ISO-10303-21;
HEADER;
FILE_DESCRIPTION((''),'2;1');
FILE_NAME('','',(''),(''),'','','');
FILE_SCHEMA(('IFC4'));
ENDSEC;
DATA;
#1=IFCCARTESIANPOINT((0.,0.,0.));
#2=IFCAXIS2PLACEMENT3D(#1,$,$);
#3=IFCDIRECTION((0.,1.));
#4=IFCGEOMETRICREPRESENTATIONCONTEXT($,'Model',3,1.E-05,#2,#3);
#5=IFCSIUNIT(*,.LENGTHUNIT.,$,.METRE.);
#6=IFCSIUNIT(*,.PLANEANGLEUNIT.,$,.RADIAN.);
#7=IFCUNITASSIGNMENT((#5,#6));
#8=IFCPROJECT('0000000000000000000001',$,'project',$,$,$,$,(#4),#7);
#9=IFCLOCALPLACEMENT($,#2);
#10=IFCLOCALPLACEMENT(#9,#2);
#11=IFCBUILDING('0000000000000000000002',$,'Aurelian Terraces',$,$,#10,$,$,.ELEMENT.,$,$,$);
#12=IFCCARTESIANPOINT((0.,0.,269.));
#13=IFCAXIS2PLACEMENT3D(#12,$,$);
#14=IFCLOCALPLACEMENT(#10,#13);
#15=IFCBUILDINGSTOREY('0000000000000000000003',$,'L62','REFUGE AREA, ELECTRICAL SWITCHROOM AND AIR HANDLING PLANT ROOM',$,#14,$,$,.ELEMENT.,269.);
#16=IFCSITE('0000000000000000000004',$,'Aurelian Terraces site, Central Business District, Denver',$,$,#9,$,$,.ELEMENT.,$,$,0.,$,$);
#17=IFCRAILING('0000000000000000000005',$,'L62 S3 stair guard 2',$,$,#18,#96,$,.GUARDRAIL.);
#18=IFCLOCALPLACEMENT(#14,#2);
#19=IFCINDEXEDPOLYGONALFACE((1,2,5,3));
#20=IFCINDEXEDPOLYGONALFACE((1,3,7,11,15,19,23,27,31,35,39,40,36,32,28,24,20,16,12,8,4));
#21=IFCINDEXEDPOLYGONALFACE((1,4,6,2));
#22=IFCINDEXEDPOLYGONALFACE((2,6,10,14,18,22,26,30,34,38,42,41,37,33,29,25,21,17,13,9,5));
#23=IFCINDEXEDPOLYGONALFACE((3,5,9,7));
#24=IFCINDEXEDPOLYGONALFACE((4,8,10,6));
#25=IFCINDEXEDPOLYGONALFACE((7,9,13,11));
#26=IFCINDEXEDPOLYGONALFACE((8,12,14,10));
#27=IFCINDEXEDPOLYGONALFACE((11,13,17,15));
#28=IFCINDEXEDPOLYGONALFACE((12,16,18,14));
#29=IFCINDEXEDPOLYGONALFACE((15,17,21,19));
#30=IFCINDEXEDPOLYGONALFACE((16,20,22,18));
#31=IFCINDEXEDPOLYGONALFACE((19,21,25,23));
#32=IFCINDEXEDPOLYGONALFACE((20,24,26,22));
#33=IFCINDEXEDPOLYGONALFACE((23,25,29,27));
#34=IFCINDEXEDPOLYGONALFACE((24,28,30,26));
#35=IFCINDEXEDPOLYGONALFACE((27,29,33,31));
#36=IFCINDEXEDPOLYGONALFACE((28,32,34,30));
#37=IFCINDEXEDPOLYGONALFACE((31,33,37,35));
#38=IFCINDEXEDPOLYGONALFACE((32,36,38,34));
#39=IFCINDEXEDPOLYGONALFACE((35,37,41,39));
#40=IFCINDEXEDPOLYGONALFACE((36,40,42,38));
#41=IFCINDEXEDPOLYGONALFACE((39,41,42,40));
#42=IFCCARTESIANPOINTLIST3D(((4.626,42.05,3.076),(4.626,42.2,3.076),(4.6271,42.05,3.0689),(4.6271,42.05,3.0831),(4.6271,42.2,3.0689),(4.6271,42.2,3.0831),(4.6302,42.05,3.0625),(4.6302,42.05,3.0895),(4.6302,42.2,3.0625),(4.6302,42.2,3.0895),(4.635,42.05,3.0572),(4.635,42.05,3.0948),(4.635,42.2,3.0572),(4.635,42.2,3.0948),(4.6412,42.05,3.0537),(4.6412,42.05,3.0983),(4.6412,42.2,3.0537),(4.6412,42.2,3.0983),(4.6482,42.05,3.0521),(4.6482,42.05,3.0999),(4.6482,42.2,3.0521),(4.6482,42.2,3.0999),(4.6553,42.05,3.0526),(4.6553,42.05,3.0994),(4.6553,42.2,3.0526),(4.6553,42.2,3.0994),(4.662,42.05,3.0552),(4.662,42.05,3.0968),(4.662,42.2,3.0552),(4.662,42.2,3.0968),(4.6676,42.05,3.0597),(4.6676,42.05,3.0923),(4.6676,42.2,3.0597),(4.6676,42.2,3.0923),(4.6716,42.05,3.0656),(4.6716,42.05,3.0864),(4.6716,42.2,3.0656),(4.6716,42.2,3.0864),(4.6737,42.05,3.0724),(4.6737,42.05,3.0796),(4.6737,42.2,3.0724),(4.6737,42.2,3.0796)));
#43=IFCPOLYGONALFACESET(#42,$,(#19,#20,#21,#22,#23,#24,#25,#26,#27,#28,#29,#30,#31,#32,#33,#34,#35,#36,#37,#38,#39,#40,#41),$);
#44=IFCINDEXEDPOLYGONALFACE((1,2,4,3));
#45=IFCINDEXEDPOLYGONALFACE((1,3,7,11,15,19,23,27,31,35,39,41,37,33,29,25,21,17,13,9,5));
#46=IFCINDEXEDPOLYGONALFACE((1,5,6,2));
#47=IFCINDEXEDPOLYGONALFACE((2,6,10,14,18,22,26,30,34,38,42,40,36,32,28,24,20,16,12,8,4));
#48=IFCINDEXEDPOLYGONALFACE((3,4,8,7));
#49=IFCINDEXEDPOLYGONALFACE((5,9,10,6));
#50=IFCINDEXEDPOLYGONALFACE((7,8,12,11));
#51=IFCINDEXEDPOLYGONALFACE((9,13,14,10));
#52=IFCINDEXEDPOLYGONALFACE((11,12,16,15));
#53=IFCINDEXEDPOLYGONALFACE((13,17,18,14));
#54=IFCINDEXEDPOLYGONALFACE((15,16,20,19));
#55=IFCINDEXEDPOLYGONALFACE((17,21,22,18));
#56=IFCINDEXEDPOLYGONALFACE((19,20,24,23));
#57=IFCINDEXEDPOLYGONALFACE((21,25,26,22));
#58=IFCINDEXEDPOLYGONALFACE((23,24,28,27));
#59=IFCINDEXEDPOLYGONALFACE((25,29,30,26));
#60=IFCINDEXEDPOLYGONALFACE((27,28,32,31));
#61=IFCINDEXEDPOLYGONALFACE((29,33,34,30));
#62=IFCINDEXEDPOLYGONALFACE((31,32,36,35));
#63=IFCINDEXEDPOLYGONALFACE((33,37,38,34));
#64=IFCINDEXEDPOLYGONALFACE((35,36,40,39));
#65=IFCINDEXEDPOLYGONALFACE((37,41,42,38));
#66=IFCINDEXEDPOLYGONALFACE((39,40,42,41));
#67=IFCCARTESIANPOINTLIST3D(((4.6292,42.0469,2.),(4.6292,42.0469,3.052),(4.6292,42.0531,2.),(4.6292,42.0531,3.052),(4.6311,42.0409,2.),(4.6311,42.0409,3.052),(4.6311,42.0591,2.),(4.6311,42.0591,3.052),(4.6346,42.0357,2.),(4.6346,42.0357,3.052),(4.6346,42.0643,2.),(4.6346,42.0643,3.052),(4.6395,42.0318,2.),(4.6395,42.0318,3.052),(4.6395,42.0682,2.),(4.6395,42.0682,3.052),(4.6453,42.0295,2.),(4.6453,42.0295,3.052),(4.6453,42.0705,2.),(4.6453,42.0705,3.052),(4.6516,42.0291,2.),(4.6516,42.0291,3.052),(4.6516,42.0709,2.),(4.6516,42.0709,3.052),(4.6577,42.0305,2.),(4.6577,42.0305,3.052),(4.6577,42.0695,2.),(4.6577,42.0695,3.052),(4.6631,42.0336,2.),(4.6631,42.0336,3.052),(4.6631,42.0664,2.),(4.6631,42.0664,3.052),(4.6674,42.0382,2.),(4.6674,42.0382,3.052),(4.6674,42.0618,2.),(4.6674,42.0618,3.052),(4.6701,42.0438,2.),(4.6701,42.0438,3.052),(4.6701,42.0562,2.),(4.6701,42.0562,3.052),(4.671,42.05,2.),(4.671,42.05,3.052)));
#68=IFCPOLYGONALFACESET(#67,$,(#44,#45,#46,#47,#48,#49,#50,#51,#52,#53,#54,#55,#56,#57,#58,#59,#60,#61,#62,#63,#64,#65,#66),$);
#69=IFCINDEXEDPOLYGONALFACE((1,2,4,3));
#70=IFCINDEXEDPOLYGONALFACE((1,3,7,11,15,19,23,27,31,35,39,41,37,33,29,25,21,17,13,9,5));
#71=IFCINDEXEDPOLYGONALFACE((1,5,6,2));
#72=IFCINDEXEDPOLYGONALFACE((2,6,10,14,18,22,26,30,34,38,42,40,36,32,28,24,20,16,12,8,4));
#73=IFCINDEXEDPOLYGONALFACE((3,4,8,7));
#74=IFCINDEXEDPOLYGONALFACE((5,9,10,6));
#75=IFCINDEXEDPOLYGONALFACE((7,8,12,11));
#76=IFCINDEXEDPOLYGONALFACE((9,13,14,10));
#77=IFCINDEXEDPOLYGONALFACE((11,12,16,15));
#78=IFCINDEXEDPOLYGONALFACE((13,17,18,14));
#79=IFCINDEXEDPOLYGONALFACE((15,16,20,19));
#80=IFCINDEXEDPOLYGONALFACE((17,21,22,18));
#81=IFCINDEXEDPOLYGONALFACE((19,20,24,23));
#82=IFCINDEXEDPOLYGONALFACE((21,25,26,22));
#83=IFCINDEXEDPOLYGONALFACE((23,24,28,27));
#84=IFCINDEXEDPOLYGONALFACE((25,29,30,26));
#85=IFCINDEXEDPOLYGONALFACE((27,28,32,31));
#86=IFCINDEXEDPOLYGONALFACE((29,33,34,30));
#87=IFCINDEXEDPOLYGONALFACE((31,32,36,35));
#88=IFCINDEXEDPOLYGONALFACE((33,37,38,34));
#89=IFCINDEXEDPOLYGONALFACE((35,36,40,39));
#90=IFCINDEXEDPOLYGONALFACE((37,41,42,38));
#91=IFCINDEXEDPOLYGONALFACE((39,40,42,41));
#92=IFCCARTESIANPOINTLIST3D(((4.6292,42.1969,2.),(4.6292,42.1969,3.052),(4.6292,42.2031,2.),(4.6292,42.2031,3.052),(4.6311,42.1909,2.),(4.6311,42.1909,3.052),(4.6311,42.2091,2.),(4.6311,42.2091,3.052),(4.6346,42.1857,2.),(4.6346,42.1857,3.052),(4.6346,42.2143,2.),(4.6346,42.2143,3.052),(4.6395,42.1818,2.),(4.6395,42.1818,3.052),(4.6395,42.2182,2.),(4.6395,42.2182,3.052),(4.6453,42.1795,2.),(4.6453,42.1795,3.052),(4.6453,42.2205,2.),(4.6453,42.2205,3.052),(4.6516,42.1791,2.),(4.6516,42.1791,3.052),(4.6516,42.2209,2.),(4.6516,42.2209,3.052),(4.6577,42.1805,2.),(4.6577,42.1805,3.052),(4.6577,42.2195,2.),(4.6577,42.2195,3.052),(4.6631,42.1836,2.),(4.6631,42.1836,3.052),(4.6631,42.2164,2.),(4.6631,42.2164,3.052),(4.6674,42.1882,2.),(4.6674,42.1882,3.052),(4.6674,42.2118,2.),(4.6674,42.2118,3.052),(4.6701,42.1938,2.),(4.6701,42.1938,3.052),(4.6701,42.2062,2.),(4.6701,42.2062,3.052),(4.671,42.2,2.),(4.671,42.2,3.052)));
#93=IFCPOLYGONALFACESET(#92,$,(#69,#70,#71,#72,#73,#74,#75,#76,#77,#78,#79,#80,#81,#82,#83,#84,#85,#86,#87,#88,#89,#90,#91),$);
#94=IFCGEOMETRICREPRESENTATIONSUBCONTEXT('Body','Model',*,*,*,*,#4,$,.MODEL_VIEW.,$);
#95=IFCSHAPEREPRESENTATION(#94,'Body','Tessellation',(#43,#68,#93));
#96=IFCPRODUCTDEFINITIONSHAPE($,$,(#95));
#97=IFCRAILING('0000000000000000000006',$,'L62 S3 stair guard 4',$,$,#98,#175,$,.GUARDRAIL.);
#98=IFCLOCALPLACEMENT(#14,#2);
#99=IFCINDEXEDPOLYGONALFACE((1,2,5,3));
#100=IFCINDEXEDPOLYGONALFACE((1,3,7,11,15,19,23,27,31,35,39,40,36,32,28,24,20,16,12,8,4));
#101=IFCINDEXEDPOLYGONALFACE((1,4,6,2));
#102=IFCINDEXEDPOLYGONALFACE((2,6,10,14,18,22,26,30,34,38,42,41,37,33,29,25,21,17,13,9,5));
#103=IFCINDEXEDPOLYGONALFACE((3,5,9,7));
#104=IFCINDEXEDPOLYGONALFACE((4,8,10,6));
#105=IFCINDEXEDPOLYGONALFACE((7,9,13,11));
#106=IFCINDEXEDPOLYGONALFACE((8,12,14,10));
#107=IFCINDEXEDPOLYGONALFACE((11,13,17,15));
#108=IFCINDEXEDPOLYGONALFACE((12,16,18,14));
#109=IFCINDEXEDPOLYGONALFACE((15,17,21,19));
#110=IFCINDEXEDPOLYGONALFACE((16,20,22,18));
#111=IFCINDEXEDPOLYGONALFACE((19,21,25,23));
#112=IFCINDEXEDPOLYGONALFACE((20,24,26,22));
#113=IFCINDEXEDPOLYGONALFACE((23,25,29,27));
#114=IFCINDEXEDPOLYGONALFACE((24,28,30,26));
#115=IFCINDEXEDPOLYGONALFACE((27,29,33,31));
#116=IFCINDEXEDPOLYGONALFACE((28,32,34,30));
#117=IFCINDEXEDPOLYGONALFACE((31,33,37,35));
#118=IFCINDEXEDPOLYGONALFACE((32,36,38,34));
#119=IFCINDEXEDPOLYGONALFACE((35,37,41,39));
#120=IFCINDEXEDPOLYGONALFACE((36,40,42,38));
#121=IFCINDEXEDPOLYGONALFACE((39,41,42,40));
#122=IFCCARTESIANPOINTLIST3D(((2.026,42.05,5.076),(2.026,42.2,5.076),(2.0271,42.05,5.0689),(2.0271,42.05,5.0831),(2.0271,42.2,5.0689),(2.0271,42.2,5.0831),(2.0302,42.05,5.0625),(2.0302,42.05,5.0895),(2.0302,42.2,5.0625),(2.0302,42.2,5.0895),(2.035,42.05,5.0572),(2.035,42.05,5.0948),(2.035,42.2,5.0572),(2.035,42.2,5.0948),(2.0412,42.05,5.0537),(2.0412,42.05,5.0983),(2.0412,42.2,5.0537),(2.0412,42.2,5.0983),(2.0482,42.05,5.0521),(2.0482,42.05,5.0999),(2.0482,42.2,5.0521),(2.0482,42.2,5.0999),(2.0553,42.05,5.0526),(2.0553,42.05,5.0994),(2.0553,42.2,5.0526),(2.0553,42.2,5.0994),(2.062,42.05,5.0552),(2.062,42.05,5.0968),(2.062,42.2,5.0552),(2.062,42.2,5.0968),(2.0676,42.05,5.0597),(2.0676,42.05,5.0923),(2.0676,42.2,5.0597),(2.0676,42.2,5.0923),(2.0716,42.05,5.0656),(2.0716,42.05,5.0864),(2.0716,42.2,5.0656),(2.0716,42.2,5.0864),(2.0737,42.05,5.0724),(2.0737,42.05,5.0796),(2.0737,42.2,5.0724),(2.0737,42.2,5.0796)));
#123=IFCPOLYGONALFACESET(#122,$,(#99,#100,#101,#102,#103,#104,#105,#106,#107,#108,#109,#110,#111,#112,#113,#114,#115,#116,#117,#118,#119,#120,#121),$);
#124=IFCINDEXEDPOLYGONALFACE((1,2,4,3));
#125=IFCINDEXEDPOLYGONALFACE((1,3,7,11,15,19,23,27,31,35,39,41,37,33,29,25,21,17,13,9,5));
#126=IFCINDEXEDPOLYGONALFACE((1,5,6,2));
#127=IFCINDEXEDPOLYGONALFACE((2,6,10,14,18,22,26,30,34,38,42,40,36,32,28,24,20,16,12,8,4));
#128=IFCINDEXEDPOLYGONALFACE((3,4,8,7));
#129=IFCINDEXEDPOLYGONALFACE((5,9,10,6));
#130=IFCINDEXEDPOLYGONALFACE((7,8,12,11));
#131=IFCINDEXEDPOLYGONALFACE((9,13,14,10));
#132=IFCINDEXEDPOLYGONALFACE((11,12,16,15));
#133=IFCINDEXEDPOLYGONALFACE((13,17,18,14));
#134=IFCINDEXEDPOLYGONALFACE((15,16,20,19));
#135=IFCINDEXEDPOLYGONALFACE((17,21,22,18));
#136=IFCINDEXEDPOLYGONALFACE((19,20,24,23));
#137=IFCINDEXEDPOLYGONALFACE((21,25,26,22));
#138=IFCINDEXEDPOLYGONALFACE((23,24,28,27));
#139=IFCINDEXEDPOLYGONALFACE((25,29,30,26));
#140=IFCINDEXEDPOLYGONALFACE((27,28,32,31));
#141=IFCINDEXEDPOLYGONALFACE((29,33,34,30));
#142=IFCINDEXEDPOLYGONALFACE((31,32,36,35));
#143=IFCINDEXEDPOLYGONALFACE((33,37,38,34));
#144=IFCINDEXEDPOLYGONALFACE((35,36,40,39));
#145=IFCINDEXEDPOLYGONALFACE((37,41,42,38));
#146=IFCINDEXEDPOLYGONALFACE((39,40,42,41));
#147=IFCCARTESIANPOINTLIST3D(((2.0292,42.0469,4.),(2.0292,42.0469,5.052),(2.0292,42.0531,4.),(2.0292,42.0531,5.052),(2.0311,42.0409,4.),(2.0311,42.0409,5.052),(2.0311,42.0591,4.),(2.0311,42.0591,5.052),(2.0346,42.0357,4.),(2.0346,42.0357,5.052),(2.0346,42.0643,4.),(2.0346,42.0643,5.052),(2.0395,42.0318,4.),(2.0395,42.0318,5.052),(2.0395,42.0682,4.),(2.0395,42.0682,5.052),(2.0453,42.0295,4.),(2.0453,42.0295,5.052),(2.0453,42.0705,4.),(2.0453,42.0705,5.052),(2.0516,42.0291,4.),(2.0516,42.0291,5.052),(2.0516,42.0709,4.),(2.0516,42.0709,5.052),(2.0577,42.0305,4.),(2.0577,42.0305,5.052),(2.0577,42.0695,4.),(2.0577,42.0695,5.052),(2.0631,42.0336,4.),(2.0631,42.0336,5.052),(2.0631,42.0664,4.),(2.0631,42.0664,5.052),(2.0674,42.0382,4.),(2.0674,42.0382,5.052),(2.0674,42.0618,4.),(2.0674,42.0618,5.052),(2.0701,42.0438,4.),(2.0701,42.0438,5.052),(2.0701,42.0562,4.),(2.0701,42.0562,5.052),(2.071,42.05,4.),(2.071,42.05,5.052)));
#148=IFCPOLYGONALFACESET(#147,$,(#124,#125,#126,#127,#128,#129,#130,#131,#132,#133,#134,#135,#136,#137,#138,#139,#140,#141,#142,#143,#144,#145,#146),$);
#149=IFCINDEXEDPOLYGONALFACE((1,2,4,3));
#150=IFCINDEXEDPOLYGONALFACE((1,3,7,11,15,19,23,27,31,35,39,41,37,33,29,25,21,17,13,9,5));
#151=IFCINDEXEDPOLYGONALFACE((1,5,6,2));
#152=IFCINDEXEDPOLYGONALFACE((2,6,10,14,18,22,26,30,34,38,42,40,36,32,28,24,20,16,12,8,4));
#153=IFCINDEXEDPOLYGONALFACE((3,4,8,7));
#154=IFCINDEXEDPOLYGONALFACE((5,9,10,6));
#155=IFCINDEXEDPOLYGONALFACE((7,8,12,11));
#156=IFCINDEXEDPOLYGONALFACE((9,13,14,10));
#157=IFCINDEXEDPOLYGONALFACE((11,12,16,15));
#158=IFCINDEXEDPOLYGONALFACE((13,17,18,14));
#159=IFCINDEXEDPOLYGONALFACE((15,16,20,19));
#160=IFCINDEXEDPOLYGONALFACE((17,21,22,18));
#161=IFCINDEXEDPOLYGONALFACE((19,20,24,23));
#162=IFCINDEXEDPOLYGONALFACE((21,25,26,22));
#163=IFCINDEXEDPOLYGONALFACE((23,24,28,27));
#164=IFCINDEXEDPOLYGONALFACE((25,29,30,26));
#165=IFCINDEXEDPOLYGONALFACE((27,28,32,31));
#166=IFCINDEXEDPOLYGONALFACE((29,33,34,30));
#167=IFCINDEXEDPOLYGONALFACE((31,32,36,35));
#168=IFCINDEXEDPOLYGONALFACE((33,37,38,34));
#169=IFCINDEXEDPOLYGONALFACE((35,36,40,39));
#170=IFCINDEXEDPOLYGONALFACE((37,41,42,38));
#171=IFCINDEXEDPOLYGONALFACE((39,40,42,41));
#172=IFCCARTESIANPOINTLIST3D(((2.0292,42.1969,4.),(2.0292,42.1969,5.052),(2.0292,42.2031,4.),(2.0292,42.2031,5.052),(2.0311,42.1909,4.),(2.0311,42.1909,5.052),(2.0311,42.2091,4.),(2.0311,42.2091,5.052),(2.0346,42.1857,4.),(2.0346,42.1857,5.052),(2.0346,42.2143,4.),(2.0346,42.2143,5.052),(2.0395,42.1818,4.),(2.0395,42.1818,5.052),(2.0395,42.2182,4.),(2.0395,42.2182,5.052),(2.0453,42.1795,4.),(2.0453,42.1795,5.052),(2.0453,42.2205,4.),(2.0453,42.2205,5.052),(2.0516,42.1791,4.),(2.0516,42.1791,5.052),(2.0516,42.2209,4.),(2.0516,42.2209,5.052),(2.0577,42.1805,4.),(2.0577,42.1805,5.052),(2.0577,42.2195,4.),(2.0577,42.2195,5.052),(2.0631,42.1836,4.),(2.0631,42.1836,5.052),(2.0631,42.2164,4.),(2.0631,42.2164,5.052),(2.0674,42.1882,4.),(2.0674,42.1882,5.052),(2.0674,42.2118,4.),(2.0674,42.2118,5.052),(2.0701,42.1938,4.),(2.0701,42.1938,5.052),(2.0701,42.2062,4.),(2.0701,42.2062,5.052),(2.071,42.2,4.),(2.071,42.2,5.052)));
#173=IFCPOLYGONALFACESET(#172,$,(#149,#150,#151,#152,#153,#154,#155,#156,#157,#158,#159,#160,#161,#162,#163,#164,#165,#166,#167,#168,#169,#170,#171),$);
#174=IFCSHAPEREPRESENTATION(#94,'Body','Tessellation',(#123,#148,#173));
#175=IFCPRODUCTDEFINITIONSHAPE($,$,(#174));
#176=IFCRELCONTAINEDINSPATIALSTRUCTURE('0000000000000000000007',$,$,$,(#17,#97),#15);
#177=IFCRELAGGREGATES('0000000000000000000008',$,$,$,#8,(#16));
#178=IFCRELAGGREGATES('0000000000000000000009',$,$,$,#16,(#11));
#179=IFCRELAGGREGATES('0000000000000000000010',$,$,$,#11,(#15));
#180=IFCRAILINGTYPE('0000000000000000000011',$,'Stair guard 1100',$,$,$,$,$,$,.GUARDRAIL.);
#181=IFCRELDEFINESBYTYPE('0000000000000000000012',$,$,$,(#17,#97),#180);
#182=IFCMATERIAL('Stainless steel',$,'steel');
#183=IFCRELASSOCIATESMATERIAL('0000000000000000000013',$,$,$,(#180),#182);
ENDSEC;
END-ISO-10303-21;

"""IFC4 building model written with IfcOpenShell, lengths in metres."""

from ifc_helpers import new_model, si_unit, direction, frame, origin, origin_2d, place, context, subcontext, project, spatial, circle, extrude, source, transform, mapped, material, type_object, element, save


model = new_model("IFC4")

# Units and contexts
model_context = context("Model", 3, precision=1e-05, world=origin(), true_north=direction((0.0, 1.0)))
body_context = subcontext(model_context, "Body", "Model", "MODEL_VIEW")
ifc_project = project(units=[si_unit("LENGTHUNIT", "METRE"), si_unit("PLANEANGLEUNIT", "RADIAN")], contexts=[model_context])

# Site, building, storey
site_placement = place(None, origin())
site = spatial("IfcSite", under=ifc_project, at=site_placement, Name="Aurelian Terraces site, Central Business District, Denver", CompositionType="ELEMENT", RefElevation=0.0)
building_placement = place(site_placement, origin())
building = spatial("IfcBuilding", under=site, at=building_placement, Name="Aurelian Terraces", CompositionType="ELEMENT")
storey_placement = place(building_placement, frame((0.0, 0.0, 269.0)))
storey = spatial("IfcBuildingStorey", under=building, at=storey_placement, Name="L62", Description="REFUGE AREA, ELECTRICAL SWITCHROOM AND AIR HANDLING PLANT ROOM", CompositionType="ELEMENT", Elevation=269.0)

# Railings
ifc_material_1 = material(Name="Stainless steel", Category="steel")
railing_type_1 = type_object("IfcRailingType", Name="Stair guard 1100", PredefinedType="GUARDRAIL", material=ifc_material_1)
shared_shape_1 = source(origin(), body_context, "Body", "SweptSolid", [
    extrude(circle(Radius=0.024, at=origin_2d()), frame((0.0, 0.0, 1.076), z_axis=(0.0, 1.0, 0.0), x_axis=(-1.0, 0.0, 0.0)), (0.0, 0.0, 1.0), 0.15),
    extrude(circle(Radius=0.021, at=origin_2d()), origin(), (0.0, 0.0, 1.0), 1.052),
    extrude(circle(Radius=0.021, at=origin_2d()), frame((0.0, 0.15, 0.0)), (0.0, 0.0, 1.0), 1.052),
])
for number, where, name in (
    (1, (4.65, 42.05, 2.0), "L62 S3 stair guard 2"),
    (2, (2.05, 42.05, 4.0), "L62 S3 stair guard 4"),
):
    element("IfcRailing", number, at=place(storey_placement, frame(where)), inside=storey, type_object=railing_type_1, Name=name, PredefinedType="GUARDRAIL", context=body_context, shape_type="MappedRepresentation", body=[
        mapped(shared_shape_1, transform((0.0, 0.0, 0.0), scale=1.0)),
    ])

save(model, "model.ifc")
